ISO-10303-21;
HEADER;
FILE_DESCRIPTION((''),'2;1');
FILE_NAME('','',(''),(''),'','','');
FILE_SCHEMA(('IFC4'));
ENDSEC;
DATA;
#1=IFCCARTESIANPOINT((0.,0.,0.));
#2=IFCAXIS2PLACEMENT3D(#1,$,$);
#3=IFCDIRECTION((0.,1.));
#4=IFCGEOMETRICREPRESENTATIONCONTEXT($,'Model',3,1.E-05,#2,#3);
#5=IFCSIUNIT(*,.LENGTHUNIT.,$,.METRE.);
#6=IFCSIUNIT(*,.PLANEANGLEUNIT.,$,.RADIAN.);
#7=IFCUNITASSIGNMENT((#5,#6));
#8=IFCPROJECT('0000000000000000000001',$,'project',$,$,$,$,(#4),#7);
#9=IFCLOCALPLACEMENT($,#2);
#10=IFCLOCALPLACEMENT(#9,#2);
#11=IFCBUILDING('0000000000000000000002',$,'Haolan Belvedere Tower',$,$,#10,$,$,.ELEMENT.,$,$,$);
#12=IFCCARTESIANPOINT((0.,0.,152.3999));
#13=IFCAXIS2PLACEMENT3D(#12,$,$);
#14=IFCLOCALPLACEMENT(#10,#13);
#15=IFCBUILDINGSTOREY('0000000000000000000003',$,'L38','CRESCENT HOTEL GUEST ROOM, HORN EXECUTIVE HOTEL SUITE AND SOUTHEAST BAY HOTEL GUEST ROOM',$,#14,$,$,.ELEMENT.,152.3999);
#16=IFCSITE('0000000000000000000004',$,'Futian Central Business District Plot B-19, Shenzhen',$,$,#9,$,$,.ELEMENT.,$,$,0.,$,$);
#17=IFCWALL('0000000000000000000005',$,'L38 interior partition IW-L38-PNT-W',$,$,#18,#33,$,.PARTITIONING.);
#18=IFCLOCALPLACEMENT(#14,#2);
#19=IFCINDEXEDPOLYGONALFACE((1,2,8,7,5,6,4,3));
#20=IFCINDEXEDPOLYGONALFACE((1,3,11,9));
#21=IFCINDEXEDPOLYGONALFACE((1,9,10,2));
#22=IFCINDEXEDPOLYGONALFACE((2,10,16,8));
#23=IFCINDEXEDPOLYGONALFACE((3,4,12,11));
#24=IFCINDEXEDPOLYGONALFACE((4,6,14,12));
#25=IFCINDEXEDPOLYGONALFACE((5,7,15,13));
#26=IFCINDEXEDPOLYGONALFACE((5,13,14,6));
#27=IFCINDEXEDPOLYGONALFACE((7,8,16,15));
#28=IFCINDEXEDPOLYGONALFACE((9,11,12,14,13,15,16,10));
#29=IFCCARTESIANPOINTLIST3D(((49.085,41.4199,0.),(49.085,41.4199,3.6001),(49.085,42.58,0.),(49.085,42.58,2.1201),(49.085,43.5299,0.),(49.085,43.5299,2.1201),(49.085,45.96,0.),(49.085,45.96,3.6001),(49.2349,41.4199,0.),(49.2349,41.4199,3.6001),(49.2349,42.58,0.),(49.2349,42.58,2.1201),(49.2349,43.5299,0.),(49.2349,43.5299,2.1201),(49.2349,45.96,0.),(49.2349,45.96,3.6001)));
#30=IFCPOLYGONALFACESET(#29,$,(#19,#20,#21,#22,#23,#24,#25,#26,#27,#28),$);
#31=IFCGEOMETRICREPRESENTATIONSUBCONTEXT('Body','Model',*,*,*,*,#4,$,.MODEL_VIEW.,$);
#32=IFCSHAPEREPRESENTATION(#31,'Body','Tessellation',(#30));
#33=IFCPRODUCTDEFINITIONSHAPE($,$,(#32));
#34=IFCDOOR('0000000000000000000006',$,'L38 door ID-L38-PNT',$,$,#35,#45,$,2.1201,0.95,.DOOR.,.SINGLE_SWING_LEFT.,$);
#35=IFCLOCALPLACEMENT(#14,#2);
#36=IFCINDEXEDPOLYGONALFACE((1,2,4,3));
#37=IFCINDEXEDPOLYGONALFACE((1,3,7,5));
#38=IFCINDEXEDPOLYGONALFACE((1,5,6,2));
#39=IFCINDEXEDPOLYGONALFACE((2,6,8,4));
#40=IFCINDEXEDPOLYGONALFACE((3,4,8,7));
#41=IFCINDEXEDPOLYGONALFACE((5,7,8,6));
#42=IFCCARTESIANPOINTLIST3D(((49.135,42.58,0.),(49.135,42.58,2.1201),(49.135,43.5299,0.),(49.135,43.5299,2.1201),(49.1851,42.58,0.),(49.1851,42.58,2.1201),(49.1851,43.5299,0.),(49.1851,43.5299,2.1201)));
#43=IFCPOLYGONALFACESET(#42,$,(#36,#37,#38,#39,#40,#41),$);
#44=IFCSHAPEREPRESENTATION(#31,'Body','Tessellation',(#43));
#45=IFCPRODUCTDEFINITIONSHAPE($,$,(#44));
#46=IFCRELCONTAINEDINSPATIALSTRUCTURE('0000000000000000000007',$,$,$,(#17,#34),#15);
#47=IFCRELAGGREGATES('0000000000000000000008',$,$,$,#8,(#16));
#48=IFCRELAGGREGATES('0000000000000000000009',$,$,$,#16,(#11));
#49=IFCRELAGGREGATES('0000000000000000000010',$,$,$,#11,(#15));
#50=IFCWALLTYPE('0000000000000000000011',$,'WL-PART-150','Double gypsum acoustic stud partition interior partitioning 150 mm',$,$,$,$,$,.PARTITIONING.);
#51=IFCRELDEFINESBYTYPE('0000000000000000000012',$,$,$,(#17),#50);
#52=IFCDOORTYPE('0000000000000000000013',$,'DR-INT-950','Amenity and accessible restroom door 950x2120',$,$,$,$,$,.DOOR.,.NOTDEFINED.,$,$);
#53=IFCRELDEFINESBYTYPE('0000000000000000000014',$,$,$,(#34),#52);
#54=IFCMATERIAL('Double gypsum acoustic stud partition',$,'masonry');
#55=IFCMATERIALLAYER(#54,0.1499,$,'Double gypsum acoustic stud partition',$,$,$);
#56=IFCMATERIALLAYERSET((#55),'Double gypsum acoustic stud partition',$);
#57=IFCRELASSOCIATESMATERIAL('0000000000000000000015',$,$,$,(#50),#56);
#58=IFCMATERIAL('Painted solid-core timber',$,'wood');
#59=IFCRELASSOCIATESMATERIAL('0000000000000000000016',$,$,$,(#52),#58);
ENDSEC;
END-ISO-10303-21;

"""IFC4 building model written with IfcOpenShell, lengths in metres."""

from ifc_helpers import new_model, si_unit, direction, frame, frame_2d, origin, place, context, subcontext, project, spatial, rectangle, extrude, material, layer, layer_set, type_object, element, fill, save


model = new_model("IFC4")

# Units and contexts
model_context = context("Model", 3, precision=1e-05, world=origin(), true_north=direction((0.0, 1.0)))
body_context = subcontext(model_context, "Body", "Model", "MODEL_VIEW")
ifc_project = project(units=[si_unit("LENGTHUNIT", "METRE"), si_unit("PLANEANGLEUNIT", "RADIAN")], contexts=[model_context])

# Site, building, storey
site_placement = place(None, origin())
site = spatial("IfcSite", under=ifc_project, at=site_placement, Name="Futian Central Business District Plot B-19, Shenzhen", CompositionType="ELEMENT", RefElevation=0.0)
building_placement = place(site_placement, origin())
building = spatial("IfcBuilding", under=site, at=building_placement, Name="Haolan Belvedere Tower", CompositionType="ELEMENT")
storey_placement = place(building_placement, frame((0.0, 0.0, 152.3999)))
storey = spatial("IfcBuildingStorey", under=building, at=storey_placement, Name="L38", Description="CRESCENT HOTEL GUEST ROOM, HORN EXECUTIVE HOTEL SUITE AND SOUTHEAST BAY HOTEL GUEST ROOM", CompositionType="ELEMENT", Elevation=152.3999)

# Shared definitions
ifc_material_1 = material(Name="Double gypsum acoustic stud partition", Category="masonry")
ifc_layer_1 = layer(ifc_material_1, 0.1499, Name="Double gypsum acoustic stud partition")
ifc_layer_set_1 = layer_set([ifc_layer_1], Name="Double gypsum acoustic stud partition")
wall_type_1 = type_object("IfcWallType", Name="WL-PART-150", Description="Double gypsum acoustic stud partition interior partitioning 150 mm", PredefinedType="PARTITIONING", material=ifc_layer_set_1)

# Shared definitions
ifc_material_2 = material(Name="Painted solid-core timber", Category="wood")
door_type = type_object("IfcDoorType", Name="DR-INT-950", Description="Amenity and accessible restroom door 950x2120", OperationType="NOTDEFINED", PredefinedType="DOOR", material=ifc_material_2)

# Wall, opening, door
wall_1_placement = place(storey_placement, frame((49.1599, 41.4199, 0.0), z_axis=(0.0, 0.0, 1.0), x_axis=(0.0, 1.0, 0.0)))
wall_1 = element("IfcWall", 1, at=wall_1_placement, inside=storey, type_object=wall_type_1, Name="L38 interior partition IW-L38-PNT-W", PredefinedType="PARTITIONING", context=body_context, shape_type="SweptSolid", body=[
    extrude(rectangle(XDim=4.54, YDim=0.1499, at=frame_2d((2.27, 0.0))), origin(), (0.0, 0.0, 1.0), 3.6001),
])
opening_1_placement = place(wall_1_placement, frame((1.1599, 0.0, 0.0)))
opening_1 = element("IfcOpeningElement", 2, at=opening_1_placement, cuts=wall_1, PredefinedType="OPENING", context=body_context, shape_type="SweptSolid", body=[
    extrude(rectangle(XDim=0.95, YDim=2.1201, at=frame_2d((0.4751, 1.0601))), frame((0.0, 0.085, 0.0), z_axis=(0.0, -1.0, 0.0), x_axis=(1.0, 0.0, 0.0)), (0.0, 0.0, 1.0), 0.1699),
])
door_1_placement = place(opening_1_placement, origin())
door_1 = element("IfcDoor", 3, at=door_1_placement, inside=storey, type_object=door_type, Name="L38 door ID-L38-PNT", OperationType="SINGLE_SWING_LEFT", OverallHeight=2.1201, OverallWidth=0.95, PredefinedType="DOOR", context=body_context, shape_type="SweptSolid", body=[
    extrude(rectangle(XDim=0.95, YDim=2.1201, at=frame_2d((0.4751, 1.0601))), frame((0.0, 0.0249, 0.0), z_axis=(0.0, -1.0, 0.0), x_axis=(1.0, 0.0, 0.0)), (0.0, 0.0, 1.0), 0.05),
])
fill(opening_1, door_1)

save(model, "model.ifc")
